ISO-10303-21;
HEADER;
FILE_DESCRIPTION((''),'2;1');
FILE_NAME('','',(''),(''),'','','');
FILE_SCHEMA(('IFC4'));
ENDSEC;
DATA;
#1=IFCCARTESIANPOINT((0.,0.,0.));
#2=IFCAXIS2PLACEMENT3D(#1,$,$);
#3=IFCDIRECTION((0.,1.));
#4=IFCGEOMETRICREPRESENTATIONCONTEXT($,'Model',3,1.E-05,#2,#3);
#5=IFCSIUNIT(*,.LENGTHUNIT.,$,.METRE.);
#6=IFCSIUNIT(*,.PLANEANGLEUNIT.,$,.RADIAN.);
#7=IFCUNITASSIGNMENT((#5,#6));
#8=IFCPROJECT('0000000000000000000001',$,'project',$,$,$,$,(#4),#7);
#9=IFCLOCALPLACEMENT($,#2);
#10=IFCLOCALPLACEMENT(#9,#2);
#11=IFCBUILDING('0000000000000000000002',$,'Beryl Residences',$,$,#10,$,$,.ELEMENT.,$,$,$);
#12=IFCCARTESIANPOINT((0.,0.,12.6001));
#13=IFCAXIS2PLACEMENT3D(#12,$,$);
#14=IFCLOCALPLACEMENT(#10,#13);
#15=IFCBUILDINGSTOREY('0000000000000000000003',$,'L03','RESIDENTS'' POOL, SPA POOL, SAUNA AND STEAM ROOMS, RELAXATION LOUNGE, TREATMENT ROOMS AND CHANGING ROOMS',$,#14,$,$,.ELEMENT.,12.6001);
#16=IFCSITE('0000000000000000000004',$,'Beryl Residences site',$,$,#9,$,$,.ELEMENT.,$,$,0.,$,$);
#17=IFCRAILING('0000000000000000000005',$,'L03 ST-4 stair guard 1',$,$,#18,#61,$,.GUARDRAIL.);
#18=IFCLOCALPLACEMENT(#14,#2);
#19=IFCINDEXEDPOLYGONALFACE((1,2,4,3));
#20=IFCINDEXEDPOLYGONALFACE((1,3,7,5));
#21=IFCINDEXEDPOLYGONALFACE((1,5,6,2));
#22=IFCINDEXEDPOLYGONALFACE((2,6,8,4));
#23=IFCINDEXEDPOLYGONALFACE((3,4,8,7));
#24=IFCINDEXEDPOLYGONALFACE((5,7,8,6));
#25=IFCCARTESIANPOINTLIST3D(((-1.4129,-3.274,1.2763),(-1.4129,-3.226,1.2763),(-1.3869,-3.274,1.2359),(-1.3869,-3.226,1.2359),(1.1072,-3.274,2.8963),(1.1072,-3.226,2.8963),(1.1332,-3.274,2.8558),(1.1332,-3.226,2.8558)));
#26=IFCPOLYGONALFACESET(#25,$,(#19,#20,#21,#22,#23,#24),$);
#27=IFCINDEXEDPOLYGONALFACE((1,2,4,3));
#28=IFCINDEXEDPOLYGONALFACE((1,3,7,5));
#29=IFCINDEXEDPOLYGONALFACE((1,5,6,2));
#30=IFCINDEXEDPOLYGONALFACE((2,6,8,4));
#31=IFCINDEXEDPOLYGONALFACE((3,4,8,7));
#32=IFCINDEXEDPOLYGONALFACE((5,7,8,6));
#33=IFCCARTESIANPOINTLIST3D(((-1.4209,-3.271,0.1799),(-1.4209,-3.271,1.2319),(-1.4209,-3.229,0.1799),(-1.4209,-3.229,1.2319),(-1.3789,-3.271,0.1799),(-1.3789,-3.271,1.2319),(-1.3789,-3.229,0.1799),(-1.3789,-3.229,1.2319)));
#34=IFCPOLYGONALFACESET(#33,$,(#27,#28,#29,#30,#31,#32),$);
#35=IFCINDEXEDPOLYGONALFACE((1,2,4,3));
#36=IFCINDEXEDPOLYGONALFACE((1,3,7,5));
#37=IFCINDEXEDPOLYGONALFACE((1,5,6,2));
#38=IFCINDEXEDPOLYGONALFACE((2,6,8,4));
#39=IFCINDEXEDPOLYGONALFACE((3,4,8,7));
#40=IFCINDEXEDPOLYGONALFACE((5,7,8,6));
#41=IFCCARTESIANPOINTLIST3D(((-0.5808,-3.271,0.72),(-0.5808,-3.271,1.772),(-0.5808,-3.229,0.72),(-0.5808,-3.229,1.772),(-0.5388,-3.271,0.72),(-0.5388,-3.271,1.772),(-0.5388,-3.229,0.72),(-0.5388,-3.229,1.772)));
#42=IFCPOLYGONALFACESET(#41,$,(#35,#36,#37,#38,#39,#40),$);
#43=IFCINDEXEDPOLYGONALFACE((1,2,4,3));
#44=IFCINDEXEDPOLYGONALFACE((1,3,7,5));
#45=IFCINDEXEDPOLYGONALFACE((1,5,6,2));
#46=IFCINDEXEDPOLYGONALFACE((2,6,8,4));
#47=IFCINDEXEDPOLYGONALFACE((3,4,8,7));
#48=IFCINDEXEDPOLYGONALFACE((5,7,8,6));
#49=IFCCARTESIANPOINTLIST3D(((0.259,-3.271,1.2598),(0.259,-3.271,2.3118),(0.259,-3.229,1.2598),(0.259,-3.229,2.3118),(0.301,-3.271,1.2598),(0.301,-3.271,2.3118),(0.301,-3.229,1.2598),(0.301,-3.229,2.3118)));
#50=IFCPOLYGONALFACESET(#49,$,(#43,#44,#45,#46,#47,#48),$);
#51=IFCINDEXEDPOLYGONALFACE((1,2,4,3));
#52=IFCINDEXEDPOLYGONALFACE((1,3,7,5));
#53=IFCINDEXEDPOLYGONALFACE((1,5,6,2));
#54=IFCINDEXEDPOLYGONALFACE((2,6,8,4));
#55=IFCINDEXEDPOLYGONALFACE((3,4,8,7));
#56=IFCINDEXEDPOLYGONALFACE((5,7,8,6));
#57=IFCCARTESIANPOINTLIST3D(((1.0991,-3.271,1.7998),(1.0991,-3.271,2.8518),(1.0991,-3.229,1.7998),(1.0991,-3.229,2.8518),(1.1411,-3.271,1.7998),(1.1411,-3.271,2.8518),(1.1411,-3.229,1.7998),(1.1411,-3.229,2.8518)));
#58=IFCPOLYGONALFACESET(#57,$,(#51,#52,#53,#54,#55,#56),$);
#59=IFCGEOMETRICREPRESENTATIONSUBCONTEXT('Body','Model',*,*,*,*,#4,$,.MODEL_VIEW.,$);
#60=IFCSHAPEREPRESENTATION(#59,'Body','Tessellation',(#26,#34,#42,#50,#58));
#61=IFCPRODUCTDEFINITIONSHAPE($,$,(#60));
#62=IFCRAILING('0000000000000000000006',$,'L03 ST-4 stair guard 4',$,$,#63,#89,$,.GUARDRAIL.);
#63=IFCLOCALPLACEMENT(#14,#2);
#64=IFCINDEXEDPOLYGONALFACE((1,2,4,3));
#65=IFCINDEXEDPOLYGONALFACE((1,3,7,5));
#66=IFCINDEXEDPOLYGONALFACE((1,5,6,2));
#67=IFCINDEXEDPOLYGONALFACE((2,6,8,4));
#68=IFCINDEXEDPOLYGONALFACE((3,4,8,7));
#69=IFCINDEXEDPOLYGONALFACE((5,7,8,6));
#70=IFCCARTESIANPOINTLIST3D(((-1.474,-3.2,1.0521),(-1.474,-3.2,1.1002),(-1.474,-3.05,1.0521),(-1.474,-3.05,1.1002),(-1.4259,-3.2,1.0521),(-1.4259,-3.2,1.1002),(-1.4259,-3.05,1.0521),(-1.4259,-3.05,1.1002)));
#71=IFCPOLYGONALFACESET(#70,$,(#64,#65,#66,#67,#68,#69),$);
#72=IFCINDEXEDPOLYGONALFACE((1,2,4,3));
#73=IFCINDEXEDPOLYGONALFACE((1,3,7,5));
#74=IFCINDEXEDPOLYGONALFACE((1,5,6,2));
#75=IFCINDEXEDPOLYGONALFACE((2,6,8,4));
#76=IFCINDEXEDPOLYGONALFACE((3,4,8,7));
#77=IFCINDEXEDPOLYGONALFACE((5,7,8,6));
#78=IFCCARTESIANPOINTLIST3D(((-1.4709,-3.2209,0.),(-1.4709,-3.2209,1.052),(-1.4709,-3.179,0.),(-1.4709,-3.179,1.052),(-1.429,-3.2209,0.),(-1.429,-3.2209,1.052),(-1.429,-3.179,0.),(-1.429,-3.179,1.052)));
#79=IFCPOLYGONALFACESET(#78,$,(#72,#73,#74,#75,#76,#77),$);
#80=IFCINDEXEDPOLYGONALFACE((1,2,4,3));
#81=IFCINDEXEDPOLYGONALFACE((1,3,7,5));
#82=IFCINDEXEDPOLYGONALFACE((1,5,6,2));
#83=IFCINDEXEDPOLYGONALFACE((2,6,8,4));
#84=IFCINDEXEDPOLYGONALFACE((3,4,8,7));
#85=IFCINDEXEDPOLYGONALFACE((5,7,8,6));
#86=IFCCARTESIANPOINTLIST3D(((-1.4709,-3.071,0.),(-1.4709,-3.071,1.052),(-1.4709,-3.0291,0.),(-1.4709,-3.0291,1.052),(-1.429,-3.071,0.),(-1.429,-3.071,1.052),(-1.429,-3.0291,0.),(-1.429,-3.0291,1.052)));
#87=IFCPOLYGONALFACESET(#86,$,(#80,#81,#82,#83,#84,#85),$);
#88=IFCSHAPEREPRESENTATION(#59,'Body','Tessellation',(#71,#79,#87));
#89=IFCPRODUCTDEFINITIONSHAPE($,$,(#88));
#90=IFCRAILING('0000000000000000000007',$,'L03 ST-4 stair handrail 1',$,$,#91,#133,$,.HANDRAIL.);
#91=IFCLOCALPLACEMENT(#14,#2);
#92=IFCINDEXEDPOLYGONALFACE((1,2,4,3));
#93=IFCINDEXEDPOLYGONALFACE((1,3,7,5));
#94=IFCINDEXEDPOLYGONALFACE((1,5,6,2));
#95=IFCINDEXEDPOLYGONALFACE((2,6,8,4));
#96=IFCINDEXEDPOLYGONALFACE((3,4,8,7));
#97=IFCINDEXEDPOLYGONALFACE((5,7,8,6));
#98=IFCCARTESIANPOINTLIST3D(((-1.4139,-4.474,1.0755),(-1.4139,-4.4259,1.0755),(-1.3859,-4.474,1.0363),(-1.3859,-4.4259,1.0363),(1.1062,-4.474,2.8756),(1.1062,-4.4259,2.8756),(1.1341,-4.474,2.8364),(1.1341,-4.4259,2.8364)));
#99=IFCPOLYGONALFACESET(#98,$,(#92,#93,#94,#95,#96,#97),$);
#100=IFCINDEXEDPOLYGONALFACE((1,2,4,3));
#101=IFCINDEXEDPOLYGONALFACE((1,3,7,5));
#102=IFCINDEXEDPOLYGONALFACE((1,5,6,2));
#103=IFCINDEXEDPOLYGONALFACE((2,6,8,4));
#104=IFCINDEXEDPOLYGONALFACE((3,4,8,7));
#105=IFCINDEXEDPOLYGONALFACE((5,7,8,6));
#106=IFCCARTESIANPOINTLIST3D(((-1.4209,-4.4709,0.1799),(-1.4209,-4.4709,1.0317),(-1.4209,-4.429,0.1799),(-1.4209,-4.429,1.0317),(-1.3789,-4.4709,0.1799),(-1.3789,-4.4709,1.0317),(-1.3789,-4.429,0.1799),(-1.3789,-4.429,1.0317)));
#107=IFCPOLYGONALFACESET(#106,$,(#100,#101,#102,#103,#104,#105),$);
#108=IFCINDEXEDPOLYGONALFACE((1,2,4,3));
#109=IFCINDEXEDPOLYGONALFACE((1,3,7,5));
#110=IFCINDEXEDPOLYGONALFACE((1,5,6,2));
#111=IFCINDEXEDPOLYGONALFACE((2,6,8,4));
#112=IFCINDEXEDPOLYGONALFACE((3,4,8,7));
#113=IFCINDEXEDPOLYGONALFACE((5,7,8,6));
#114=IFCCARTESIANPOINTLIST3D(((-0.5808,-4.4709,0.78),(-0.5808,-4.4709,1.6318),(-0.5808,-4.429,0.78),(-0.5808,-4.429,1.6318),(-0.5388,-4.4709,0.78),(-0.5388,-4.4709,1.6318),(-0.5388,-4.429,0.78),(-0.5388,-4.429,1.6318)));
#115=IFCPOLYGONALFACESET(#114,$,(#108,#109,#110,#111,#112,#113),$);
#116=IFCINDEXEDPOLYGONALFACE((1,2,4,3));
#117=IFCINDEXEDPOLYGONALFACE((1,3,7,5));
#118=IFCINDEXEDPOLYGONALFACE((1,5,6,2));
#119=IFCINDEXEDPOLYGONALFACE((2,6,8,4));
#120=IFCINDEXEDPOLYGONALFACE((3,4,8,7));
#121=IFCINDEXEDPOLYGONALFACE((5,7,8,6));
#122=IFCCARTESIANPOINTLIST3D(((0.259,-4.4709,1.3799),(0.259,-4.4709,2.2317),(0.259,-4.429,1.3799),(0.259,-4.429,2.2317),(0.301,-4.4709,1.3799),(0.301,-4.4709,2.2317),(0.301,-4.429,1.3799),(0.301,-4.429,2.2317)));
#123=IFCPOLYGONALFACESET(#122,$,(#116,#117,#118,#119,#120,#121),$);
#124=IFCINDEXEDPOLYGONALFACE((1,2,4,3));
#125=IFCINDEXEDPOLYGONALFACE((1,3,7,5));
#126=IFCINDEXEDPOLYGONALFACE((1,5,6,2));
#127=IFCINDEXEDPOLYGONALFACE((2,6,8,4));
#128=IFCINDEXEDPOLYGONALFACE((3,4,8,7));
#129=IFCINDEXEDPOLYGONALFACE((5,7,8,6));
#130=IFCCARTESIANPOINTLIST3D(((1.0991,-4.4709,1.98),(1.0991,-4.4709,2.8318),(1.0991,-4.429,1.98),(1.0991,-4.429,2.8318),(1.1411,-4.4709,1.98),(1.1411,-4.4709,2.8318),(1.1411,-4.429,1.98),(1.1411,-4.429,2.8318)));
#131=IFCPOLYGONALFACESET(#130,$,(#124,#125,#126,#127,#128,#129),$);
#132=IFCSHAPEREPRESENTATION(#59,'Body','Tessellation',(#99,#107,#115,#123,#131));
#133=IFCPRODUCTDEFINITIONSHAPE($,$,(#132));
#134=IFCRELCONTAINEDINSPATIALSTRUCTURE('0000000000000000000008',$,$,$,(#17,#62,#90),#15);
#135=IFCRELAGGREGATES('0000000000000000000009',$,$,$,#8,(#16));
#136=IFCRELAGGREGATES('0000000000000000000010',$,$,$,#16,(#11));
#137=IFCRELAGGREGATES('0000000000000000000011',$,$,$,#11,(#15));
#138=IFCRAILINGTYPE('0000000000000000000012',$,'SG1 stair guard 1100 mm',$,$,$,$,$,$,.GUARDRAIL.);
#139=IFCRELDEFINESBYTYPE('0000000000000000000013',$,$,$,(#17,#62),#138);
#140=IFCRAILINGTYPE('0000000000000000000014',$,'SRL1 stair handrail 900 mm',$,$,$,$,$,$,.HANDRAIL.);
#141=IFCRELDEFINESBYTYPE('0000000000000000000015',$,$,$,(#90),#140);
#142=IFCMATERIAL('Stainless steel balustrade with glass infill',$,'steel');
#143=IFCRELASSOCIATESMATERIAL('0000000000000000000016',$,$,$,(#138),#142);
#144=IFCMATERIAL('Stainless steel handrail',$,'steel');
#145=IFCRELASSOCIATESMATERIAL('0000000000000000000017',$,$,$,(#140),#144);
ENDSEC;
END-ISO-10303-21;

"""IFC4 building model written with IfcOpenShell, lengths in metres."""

from ifc_helpers import new_model, si_unit, direction, frame, origin, origin_2d, place, context, subcontext, project, spatial, rectangle, extrude, material, type_object, element, save


model = new_model("IFC4")

# Units and contexts
model_context = context("Model", 3, precision=1e-05, world=origin(), true_north=direction((0.0, 1.0)))
body_context = subcontext(model_context, "Body", "Model", "MODEL_VIEW")
ifc_project = project(units=[si_unit("LENGTHUNIT", "METRE"), si_unit("PLANEANGLEUNIT", "RADIAN")], contexts=[model_context])

# Site, building, storey
site_placement = place(None, origin())
site = spatial("IfcSite", under=ifc_project, at=site_placement, Name="Beryl Residences site", CompositionType="ELEMENT", RefElevation=0.0)
building_placement = place(site_placement, origin())
building = spatial("IfcBuilding", under=site, at=building_placement, Name="Beryl Residences", CompositionType="ELEMENT")
storey_placement = place(building_placement, frame((0.0, 0.0, 12.6001)))
storey = spatial("IfcBuildingStorey", under=building, at=storey_placement, Name="L03", Description="RESIDENTS' POOL, SPA POOL, SAUNA AND STEAM ROOMS, RELAXATION LOUNGE, TREATMENT ROOMS AND CHANGING ROOMS", CompositionType="ELEMENT", Elevation=12.6001)

# Railings
ifc_material_1 = material(Name="Stainless steel balustrade with glass infill", Category="steel")
railing_type_1 = type_object("IfcRailingType", Name="SG1 stair guard 1100 mm", PredefinedType="GUARDRAIL", material=ifc_material_1)
railing_1_placement = place(storey_placement, frame((-1.3999, -3.25, 0.1799)))
element("IfcRailing", 1, at=railing_1_placement, inside=storey, type_object=railing_type_1, Name="L03 ST-4 stair guard 1", PredefinedType="GUARDRAIL", context=body_context, shape_type="SweptSolid", body=[
    extrude(rectangle(XDim=0.0481, YDim=0.0481, at=origin_2d()), frame((0.0, 0.0, 1.0762), z_axis=(0.8412, 0.0, 0.540725), x_axis=(0.0, 1.0, 0.0)), (0.0, 0.0, 1.0), 2.9958),
    extrude(rectangle(XDim=0.042, YDim=0.042, at=origin_2d()), origin(), (0.0, 0.0, 1.0), 1.052),
    extrude(rectangle(XDim=0.042, YDim=0.042, at=origin_2d()), frame((0.8401, 0.0, 0.54)), (0.0, 0.0, 1.0), 1.052),
    extrude(rectangle(XDim=0.042, YDim=0.042, at=origin_2d()), frame((1.6799, 0.0, 1.0798)), (0.0, 0.0, 1.0), 1.052),
    extrude(rectangle(XDim=0.042, YDim=0.042, at=origin_2d()), frame((2.52, 0.0, 1.6199)), (0.0, 0.0, 1.0), 1.052),
])
railing_2_placement = place(storey_placement, frame((-1.45, -3.2, 0.0)))
element("IfcRailing", 2, at=railing_2_placement, inside=storey, type_object=railing_type_1, Name="L03 ST-4 stair guard 4", PredefinedType="GUARDRAIL", context=body_context, shape_type="SweptSolid", body=[
    extrude(rectangle(XDim=0.0481, YDim=0.0481, at=origin_2d()), frame((0.0, 0.0, 1.0762), z_axis=(0.0, 1.0, 0.0), x_axis=(-1.0, 0.0, 0.0)), (0.0, 0.0, 1.0), 0.1499),
    extrude(rectangle(XDim=0.042, YDim=0.042, at=origin_2d()), origin(), (0.0, 0.0, 1.0), 1.052),
    extrude(rectangle(XDim=0.042, YDim=0.042, at=origin_2d()), frame((0.0, 0.1499, 0.0)), (0.0, 0.0, 1.0), 1.052),
])
ifc_material_2 = material(Name="Stainless steel handrail", Category="steel")
railing_type_2 = type_object("IfcRailingType", Name="SRL1 stair handrail 900 mm", PredefinedType="HANDRAIL", material=ifc_material_2)
railing_3_placement = place(storey_placement, frame((-1.3999, -4.45, 0.1799)))
element("IfcRailing", 3, at=railing_3_placement, inside=storey, type_object=railing_type_2, Name="L03 ST-4 stair handrail 1", PredefinedType="HANDRAIL", context=body_context, shape_type="SweptSolid", body=[
    extrude(rectangle(XDim=0.0481, YDim=0.0481, at=origin_2d()), frame((0.0, 0.0, 0.876), z_axis=(0.813728, 0.0, 0.581246), x_axis=(0.0, 1.0, 0.0)), (0.0, 0.0, 1.0), 3.0969),
    extrude(rectangle(XDim=0.042, YDim=0.042, at=origin_2d()), origin(), (0.0, 0.0, 1.0), 0.8518),
    extrude(rectangle(XDim=0.042, YDim=0.042, at=origin_2d()), frame((0.8401, 0.0, 0.6001)), (0.0, 0.0, 1.0), 0.8518),
    extrude(rectangle(XDim=0.042, YDim=0.042, at=origin_2d()), frame((1.6799, 0.0, 1.2)), (0.0, 0.0, 1.0), 0.8518),
    extrude(rectangle(XDim=0.042, YDim=0.042, at=origin_2d()), frame((2.52, 0.0, 1.8)), (0.0, 0.0, 1.0), 0.8518),
])

save(model, "model.ifc")
